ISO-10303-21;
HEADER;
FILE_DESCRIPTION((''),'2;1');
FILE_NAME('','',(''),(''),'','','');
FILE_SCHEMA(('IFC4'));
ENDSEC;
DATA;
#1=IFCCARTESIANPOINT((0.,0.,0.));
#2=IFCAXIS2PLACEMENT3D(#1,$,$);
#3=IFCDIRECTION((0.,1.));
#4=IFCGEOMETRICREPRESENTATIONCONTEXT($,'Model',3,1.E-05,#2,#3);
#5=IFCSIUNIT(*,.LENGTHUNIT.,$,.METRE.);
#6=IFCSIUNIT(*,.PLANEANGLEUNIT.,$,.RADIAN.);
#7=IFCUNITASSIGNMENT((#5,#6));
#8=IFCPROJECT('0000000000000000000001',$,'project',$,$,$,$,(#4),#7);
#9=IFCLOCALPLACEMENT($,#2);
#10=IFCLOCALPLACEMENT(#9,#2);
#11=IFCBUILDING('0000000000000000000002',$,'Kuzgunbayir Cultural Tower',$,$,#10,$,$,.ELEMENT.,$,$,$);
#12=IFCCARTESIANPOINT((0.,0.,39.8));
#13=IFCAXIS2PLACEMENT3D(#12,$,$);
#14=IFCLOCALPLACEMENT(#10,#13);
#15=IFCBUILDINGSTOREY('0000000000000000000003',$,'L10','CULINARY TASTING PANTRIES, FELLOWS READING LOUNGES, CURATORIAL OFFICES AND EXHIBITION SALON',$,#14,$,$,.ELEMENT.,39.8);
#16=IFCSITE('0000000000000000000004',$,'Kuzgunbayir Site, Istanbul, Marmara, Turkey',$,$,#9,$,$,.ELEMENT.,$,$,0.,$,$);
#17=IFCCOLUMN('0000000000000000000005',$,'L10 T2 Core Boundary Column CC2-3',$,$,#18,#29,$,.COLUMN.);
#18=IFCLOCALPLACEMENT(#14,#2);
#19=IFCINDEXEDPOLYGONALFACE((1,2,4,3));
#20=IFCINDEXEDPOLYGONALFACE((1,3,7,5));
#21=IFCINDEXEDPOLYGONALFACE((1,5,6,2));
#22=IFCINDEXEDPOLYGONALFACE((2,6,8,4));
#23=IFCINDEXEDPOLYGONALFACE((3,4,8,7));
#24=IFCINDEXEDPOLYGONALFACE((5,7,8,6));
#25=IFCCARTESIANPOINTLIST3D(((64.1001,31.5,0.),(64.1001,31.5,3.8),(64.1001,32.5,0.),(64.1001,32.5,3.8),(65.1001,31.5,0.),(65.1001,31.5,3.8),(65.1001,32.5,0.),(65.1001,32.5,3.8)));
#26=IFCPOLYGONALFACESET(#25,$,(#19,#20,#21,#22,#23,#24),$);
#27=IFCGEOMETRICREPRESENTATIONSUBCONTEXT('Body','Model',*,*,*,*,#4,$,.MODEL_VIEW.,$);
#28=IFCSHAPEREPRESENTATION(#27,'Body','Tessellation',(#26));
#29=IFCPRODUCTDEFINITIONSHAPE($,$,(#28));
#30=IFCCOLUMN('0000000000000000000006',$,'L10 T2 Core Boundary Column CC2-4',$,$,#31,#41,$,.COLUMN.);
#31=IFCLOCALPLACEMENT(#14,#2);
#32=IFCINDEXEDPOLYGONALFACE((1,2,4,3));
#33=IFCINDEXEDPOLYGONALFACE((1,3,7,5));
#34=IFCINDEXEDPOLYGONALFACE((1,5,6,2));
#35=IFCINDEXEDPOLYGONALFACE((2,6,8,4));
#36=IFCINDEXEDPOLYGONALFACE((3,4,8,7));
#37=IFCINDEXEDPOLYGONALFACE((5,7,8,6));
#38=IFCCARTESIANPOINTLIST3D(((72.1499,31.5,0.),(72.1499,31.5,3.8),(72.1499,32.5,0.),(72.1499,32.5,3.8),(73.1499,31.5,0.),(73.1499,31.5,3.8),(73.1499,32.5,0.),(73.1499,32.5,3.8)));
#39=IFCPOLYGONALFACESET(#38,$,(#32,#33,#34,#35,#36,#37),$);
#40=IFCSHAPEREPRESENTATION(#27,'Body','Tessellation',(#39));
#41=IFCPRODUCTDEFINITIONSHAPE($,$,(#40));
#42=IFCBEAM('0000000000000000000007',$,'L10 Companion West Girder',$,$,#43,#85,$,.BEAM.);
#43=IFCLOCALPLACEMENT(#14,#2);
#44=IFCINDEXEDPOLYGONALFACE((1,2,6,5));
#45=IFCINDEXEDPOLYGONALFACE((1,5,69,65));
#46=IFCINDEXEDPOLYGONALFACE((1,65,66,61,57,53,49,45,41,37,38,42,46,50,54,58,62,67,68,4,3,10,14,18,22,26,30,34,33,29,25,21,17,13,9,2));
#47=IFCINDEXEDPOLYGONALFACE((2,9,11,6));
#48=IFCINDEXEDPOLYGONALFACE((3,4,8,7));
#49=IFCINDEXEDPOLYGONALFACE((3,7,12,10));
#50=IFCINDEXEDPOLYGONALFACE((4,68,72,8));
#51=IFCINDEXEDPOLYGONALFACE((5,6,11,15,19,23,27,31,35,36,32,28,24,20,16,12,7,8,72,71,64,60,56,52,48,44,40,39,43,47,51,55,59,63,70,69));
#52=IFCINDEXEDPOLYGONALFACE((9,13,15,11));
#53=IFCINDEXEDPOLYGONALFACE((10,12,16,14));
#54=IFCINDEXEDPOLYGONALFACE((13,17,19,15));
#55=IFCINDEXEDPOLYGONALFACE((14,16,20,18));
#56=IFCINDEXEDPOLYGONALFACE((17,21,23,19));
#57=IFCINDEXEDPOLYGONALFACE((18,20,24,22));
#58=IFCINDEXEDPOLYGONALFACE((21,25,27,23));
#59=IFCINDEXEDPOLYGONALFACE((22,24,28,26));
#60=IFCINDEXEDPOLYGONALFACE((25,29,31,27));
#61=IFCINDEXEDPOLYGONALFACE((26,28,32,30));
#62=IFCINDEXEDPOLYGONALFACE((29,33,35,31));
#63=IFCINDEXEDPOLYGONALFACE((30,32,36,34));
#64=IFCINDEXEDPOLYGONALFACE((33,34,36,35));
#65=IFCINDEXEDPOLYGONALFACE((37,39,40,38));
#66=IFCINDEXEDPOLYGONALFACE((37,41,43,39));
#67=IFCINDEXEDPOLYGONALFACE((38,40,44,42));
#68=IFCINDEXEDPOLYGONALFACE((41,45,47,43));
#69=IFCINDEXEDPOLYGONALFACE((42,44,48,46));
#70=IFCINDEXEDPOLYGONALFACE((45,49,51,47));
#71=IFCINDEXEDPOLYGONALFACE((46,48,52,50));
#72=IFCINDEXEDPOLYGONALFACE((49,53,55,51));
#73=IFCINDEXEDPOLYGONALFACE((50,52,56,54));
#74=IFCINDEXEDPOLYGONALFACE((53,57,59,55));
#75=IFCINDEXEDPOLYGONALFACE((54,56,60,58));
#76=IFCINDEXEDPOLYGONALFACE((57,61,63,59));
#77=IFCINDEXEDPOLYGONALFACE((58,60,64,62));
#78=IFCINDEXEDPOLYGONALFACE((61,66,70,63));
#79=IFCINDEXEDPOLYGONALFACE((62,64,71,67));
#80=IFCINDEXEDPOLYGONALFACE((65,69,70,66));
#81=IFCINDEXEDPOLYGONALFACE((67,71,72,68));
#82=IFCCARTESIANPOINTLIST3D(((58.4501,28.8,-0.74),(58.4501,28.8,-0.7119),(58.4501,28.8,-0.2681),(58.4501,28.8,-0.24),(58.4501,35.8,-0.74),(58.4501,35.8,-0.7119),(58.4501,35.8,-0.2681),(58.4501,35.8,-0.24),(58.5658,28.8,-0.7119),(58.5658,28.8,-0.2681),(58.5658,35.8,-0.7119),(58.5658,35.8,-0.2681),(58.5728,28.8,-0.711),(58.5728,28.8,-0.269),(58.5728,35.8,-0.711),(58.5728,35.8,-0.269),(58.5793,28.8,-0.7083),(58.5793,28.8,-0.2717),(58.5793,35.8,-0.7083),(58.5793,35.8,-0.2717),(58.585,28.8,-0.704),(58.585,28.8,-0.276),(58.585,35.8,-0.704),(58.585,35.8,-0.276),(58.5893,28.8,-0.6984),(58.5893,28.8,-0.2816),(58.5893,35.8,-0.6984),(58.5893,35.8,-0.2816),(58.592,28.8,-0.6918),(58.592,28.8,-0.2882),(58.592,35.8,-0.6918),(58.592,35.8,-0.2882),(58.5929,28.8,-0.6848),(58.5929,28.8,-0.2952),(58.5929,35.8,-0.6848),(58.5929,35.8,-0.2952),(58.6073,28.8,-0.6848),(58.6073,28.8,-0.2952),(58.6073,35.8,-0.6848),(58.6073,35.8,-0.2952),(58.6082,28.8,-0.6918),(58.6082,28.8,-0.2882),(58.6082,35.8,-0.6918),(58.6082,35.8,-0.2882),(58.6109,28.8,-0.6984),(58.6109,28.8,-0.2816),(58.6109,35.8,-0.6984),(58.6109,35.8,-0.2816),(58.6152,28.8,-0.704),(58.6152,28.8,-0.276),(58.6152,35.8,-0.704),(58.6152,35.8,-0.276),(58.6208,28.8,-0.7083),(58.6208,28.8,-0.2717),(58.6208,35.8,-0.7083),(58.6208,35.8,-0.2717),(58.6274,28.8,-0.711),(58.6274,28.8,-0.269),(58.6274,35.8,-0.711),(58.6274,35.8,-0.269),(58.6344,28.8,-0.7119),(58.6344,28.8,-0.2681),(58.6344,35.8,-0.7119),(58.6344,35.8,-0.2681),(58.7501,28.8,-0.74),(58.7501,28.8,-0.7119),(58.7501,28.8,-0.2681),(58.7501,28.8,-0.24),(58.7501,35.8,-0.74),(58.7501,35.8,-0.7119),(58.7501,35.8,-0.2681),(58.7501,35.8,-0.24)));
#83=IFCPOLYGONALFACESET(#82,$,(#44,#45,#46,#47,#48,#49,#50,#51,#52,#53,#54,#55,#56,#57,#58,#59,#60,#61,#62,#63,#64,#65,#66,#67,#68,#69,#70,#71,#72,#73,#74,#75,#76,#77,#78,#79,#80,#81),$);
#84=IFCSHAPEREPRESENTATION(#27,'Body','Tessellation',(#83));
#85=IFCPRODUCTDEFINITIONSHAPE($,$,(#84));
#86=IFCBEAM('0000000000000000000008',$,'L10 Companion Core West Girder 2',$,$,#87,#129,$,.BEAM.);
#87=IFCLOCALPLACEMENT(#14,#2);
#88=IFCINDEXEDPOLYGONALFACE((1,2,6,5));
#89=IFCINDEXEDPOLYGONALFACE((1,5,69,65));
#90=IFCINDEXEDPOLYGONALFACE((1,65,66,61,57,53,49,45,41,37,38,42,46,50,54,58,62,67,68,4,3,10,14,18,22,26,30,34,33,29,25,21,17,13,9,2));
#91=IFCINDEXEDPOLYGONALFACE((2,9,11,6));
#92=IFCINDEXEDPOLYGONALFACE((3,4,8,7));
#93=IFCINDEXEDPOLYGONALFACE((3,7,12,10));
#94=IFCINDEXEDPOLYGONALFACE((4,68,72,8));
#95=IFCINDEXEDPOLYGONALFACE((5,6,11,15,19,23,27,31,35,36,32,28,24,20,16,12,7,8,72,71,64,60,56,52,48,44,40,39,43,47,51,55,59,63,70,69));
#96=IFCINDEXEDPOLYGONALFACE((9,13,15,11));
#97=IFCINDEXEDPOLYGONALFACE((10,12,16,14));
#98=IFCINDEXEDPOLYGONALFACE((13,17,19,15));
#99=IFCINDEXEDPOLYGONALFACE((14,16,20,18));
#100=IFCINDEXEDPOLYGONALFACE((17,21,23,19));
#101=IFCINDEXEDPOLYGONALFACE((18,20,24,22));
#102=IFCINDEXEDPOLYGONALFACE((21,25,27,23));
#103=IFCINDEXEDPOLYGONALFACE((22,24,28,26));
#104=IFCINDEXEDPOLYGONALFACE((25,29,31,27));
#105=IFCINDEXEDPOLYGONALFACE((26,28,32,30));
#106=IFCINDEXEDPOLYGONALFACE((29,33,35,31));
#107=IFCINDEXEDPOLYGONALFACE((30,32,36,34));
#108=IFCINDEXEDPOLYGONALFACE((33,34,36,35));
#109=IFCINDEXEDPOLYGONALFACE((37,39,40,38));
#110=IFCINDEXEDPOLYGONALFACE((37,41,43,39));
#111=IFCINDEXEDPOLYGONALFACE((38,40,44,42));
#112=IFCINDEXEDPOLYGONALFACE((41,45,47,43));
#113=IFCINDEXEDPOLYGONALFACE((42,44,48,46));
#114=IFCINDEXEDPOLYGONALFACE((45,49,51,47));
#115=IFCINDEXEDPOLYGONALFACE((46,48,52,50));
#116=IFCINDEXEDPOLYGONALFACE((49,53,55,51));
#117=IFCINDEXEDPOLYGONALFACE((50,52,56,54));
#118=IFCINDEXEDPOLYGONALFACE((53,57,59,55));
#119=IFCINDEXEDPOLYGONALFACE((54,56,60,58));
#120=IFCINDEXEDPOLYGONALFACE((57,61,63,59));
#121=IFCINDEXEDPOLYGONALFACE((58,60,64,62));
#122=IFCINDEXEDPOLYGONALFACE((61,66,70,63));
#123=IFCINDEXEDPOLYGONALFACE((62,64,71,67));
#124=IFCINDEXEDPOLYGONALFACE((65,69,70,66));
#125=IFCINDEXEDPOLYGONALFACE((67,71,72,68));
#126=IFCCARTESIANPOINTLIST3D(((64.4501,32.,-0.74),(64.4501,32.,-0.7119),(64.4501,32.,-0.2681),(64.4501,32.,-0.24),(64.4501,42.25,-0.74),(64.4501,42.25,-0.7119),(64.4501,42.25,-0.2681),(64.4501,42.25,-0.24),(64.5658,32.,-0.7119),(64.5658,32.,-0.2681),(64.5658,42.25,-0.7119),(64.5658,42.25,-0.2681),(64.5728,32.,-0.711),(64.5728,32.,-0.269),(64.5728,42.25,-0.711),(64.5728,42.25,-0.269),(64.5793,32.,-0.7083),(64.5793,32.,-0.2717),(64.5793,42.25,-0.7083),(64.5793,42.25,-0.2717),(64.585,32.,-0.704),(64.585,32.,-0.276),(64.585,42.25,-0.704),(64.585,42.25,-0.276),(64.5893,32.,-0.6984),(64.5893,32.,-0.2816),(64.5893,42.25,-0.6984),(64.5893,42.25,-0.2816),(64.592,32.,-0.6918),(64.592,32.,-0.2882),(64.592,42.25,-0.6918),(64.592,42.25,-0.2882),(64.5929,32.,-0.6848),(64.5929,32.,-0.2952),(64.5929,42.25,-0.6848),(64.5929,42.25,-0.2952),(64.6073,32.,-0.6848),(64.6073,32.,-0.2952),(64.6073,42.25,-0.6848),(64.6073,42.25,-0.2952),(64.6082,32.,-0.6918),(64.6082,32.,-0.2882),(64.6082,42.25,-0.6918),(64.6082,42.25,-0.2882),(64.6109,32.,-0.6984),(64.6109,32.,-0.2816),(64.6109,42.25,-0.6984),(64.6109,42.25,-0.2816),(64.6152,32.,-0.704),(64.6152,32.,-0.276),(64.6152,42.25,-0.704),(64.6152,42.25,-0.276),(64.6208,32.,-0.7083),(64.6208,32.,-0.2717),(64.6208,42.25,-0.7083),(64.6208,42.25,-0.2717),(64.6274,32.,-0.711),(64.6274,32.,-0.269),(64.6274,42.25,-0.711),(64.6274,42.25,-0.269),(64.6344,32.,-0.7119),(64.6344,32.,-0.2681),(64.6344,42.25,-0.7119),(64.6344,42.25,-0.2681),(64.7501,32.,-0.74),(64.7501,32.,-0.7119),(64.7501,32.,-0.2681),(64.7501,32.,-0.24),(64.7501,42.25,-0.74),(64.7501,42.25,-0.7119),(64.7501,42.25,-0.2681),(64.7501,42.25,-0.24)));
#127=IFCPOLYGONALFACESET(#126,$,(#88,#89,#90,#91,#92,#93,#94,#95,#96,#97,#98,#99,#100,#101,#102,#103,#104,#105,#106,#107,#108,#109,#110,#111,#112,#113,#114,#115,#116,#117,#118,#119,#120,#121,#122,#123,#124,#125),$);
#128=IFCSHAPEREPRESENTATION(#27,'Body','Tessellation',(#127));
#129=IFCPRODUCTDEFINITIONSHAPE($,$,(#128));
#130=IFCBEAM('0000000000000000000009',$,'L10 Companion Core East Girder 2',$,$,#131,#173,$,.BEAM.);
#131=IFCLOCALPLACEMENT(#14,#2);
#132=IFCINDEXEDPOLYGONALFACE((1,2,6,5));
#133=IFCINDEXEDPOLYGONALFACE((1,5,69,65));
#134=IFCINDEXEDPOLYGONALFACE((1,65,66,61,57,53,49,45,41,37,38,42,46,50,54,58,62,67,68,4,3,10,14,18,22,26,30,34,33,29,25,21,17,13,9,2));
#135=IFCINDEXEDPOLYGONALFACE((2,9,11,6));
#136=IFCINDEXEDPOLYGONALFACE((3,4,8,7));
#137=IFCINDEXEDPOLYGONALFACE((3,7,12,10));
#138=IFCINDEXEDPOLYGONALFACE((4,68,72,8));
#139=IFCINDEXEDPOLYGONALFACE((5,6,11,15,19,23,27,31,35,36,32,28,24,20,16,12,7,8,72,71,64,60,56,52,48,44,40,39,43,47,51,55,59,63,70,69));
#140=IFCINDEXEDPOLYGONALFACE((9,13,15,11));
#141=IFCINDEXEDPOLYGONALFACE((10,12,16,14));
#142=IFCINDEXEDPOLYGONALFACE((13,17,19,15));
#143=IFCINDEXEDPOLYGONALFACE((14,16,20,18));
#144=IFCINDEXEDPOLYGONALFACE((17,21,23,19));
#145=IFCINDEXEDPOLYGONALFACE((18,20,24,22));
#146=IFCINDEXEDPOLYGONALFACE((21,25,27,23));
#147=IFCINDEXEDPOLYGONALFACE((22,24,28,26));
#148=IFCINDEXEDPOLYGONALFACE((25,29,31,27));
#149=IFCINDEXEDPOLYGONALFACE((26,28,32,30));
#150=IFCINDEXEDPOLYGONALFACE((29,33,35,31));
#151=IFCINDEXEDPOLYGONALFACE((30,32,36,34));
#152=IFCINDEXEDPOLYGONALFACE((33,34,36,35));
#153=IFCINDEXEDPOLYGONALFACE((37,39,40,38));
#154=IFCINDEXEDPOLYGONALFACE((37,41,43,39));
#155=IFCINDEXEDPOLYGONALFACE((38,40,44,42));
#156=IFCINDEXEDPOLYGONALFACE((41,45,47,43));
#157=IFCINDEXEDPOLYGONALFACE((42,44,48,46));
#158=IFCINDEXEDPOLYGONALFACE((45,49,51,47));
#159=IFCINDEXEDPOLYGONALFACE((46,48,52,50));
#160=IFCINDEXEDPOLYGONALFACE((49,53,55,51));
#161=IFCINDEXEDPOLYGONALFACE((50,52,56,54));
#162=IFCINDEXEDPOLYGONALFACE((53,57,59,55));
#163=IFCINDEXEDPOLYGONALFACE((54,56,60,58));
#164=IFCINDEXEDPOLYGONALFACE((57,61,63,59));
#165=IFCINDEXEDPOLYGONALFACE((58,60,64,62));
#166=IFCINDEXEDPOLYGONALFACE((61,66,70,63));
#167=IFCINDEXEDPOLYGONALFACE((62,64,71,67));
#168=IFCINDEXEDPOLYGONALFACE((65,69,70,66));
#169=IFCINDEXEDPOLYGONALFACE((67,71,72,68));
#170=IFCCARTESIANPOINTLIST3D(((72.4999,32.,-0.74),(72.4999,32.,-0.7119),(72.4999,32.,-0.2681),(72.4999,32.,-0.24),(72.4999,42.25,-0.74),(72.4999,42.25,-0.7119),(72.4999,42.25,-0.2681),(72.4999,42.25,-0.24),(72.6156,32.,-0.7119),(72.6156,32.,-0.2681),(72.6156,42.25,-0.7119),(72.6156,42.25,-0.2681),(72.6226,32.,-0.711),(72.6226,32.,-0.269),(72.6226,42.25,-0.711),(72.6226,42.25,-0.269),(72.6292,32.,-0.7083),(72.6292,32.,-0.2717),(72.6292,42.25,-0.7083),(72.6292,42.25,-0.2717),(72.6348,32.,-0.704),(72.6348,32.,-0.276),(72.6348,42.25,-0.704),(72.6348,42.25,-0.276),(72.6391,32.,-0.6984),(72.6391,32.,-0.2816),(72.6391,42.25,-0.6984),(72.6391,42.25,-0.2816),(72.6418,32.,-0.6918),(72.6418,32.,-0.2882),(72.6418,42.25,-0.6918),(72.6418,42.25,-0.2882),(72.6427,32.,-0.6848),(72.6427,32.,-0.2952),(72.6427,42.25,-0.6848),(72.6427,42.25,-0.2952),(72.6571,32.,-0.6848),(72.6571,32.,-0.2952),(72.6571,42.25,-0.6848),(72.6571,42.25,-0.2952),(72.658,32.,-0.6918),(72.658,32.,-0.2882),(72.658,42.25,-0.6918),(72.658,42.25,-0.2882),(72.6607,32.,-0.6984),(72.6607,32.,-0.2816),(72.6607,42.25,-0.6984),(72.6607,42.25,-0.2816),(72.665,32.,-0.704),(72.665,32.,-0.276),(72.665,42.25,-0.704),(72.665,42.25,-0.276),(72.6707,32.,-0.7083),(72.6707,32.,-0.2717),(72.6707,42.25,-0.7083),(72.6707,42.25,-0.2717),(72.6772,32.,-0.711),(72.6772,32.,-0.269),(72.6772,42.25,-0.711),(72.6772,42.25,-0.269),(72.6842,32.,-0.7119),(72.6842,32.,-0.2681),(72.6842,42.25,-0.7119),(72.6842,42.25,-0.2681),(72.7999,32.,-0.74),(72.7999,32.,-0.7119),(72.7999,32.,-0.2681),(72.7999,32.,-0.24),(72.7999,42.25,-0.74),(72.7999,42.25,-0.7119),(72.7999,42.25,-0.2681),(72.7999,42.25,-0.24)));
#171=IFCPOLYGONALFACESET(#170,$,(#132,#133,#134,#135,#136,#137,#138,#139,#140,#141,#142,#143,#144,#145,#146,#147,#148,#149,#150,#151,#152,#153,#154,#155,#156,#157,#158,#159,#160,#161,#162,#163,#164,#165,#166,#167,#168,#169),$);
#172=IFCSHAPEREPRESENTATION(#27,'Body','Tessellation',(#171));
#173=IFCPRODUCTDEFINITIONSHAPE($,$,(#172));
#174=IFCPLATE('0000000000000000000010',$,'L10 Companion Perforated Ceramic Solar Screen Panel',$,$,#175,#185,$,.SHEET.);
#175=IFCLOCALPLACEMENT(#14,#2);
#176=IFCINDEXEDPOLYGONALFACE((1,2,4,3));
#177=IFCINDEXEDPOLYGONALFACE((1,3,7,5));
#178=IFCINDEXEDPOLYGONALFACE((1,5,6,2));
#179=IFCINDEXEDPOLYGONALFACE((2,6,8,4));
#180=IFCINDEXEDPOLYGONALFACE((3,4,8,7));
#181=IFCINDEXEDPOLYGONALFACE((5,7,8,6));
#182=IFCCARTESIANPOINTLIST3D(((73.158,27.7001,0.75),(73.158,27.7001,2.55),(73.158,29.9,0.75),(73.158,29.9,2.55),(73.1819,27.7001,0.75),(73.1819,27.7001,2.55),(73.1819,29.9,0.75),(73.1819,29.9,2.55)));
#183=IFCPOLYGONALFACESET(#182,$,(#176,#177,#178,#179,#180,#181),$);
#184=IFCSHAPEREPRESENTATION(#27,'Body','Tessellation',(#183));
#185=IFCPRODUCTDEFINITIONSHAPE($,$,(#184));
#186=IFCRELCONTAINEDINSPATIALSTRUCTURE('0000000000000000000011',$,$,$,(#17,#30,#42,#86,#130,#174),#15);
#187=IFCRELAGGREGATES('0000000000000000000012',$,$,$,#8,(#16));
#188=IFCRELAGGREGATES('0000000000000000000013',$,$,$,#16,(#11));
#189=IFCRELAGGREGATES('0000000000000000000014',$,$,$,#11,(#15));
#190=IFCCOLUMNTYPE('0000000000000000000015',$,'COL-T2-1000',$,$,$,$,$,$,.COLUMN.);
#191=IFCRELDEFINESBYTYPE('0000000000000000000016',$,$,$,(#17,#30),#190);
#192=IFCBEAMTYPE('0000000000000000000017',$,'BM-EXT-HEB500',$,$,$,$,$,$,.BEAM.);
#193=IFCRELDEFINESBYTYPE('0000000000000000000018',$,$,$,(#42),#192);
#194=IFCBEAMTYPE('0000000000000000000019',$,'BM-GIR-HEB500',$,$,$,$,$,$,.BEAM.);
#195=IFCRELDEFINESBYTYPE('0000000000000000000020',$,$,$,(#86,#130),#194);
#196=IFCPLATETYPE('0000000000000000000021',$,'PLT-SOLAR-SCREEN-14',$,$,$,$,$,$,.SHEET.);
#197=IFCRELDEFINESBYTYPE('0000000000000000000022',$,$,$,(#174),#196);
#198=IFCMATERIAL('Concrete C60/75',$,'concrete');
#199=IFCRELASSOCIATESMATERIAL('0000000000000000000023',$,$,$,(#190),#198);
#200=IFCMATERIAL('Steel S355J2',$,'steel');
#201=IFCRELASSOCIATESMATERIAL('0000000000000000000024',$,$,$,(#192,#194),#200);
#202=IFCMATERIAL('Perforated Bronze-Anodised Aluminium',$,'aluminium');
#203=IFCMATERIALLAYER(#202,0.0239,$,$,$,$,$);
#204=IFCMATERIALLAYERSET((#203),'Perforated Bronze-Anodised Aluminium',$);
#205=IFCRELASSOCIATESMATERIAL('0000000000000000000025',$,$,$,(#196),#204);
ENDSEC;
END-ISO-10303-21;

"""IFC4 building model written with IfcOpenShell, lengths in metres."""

from ifc_helpers import new_model, si_unit, direction, frame, origin, origin_2d, place, context, subcontext, project, spatial, rectangle, i_section, extrude, material, layer, layer_set, material_profile, profile_set, type_object, element, save


model = new_model("IFC4")

# Units and contexts
model_context = context("Model", 3, precision=1e-05, world=origin(), true_north=direction((0.0, 1.0)))
body_context = subcontext(model_context, "Body", "Model", "MODEL_VIEW")
ifc_project = project(units=[si_unit("LENGTHUNIT", "METRE"), si_unit("PLANEANGLEUNIT", "RADIAN")], contexts=[model_context])

# Site, building, storey
site_placement = place(None, origin())
site = spatial("IfcSite", under=ifc_project, at=site_placement, Name="Kuzgunbayir Site, Istanbul, Marmara, Turkey", CompositionType="ELEMENT", RefElevation=0.0)
building_placement = place(site_placement, origin())
building = spatial("IfcBuilding", under=site, at=building_placement, Name="Kuzgunbayir Cultural Tower", CompositionType="ELEMENT")
storey_placement = place(building_placement, frame((0.0, 0.0, 39.8)))
storey = spatial("IfcBuildingStorey", under=building, at=storey_placement, Name="L10", Description="CULINARY TASTING PANTRIES, FELLOWS READING LOUNGES, CURATORIAL OFFICES AND EXHIBITION SALON", CompositionType="ELEMENT", Elevation=39.8)

# Columns
ifc_material_1 = material(Name="Concrete C60/75", Category="concrete")
ifc_material_profile_1 = material_profile(ifc_material_1, rectangle(XDim=1.0, YDim=1.0, at=origin_2d()), Name="RC 1000x1000")
ifc_profile_set_1 = profile_set([ifc_material_profile_1], Name="Concrete C60/75")
column_type = type_object("IfcColumnType", Name="COL-T2-1000", PredefinedType="COLUMN", material=ifc_profile_set_1)
for number, where, z_axis, x_axis, name in (
    (1, (64.6001, 32.0, 0.0), (0.0, 0.0, 1.0), (1.0, 0.0, 0.0), "L10 T2 Core Boundary Column CC2-3"),
    (2, (72.6499, 32.0, 0.0), (0.0, 0.0, 1.0), (1.0, 0.0, 0.0), "L10 T2 Core Boundary Column CC2-4"),
):
    element("IfcColumn", number, at=place(storey_placement, frame(where, z_axis=z_axis, x_axis=x_axis)), inside=storey, type_object=column_type, Name=name, PredefinedType="COLUMN", context=body_context, shape_type="SweptSolid", body=[
        extrude(rectangle(XDim=1.0, YDim=1.0, at=origin_2d()), origin(), (0.0, 0.0, 1.0), 3.8),
    ])

# Beams
ifc_material_2 = material(Name="Steel S355J2", Category="steel")
ifc_material_profile_2 = material_profile(ifc_material_2, i_section(OverallWidth=0.3, OverallDepth=0.5, WebThickness=0.0144, FlangeThickness=0.0281, FilletRadius=0.0271, at=origin_2d()), Name="HEB 500")
ifc_profile_set_2 = profile_set([ifc_material_profile_2], Name="Steel S355J2")
beam_type_1 = type_object("IfcBeamType", Name="BM-EXT-HEB500", PredefinedType="BEAM", material=ifc_profile_set_2)
beam_placement = place(storey_placement, frame((58.6001, 28.8, -0.49), z_axis=(0.0, 1.0, 0.0), x_axis=(-1.0, 0.0, 0.0)))
element("IfcBeam", 3, at=beam_placement, inside=storey, type_object=beam_type_1, Name="L10 Companion West Girder", PredefinedType="BEAM", context=body_context, shape_type="SweptSolid", body=[
    extrude(i_section(OverallWidth=0.3, OverallDepth=0.5, WebThickness=0.0144, FlangeThickness=0.0281, FilletRadius=0.0271, at=origin_2d()), origin(), (0.0, 0.0, 1.0), 7.0),
])
ifc_material_profile_3 = material_profile(ifc_material_2, i_section(OverallWidth=0.3, OverallDepth=0.5, WebThickness=0.0144, FlangeThickness=0.0281, FilletRadius=0.0271, at=origin_2d()), Name="HEB 500")
ifc_profile_set_3 = profile_set([ifc_material_profile_3], Name="Steel S355J2")
beam_type_2 = type_object("IfcBeamType", Name="BM-GIR-HEB500", PredefinedType="BEAM", material=ifc_profile_set_3)
for number, where, z_axis, x_axis, name in (
    (4, (64.6001, 32.0, -0.49), (0.0, 1.0, 0.0), (-1.0, 0.0, 0.0), "L10 Companion Core West Girder 2"),
    (5, (72.6499, 32.0, -0.49), (0.0, 1.0, 0.0), (-1.0, 0.0, 0.0), "L10 Companion Core East Girder 2"),
):
    element("IfcBeam", number, at=place(storey_placement, frame(where, z_axis=z_axis, x_axis=x_axis)), inside=storey, type_object=beam_type_2, Name=name, PredefinedType="BEAM", context=body_context, shape_type="SweptSolid", body=[
        extrude(i_section(OverallWidth=0.3, OverallDepth=0.5, WebThickness=0.0144, FlangeThickness=0.0281, FilletRadius=0.0271, at=origin_2d()), origin(), (0.0, 0.0, 1.0), 10.25),
    ])

# Plate
ifc_material_3 = material(Name="Perforated Bronze-Anodised Aluminium", Category="aluminium")
ifc_layer_1 = layer(ifc_material_3, 0.0239)
ifc_layer_set_1 = layer_set([ifc_layer_1], Name="Perforated Bronze-Anodised Aluminium")
plate_type = type_object("IfcPlateType", Name="PLT-SOLAR-SCREEN-14", PredefinedType="SHEET", material=ifc_layer_set_1)
plate_placement = place(storey_placement, frame((73.1699, 28.8, 0.75), z_axis=(0.0, 0.0, 1.0), x_axis=(1.0, 0.0, 0.0)))
element("IfcPlate", 6, at=plate_placement, inside=storey, type_object=plate_type, Name="L10 Companion Perforated Ceramic Solar Screen Panel", PredefinedType="SHEET", context=body_context, shape_type="SweptSolid", body=[
    extrude(rectangle(XDim=0.0239, YDim=2.2, at=origin_2d()), origin(), (0.0, 0.0, 1.0), 1.8),
])

save(model, "model.ifc")
